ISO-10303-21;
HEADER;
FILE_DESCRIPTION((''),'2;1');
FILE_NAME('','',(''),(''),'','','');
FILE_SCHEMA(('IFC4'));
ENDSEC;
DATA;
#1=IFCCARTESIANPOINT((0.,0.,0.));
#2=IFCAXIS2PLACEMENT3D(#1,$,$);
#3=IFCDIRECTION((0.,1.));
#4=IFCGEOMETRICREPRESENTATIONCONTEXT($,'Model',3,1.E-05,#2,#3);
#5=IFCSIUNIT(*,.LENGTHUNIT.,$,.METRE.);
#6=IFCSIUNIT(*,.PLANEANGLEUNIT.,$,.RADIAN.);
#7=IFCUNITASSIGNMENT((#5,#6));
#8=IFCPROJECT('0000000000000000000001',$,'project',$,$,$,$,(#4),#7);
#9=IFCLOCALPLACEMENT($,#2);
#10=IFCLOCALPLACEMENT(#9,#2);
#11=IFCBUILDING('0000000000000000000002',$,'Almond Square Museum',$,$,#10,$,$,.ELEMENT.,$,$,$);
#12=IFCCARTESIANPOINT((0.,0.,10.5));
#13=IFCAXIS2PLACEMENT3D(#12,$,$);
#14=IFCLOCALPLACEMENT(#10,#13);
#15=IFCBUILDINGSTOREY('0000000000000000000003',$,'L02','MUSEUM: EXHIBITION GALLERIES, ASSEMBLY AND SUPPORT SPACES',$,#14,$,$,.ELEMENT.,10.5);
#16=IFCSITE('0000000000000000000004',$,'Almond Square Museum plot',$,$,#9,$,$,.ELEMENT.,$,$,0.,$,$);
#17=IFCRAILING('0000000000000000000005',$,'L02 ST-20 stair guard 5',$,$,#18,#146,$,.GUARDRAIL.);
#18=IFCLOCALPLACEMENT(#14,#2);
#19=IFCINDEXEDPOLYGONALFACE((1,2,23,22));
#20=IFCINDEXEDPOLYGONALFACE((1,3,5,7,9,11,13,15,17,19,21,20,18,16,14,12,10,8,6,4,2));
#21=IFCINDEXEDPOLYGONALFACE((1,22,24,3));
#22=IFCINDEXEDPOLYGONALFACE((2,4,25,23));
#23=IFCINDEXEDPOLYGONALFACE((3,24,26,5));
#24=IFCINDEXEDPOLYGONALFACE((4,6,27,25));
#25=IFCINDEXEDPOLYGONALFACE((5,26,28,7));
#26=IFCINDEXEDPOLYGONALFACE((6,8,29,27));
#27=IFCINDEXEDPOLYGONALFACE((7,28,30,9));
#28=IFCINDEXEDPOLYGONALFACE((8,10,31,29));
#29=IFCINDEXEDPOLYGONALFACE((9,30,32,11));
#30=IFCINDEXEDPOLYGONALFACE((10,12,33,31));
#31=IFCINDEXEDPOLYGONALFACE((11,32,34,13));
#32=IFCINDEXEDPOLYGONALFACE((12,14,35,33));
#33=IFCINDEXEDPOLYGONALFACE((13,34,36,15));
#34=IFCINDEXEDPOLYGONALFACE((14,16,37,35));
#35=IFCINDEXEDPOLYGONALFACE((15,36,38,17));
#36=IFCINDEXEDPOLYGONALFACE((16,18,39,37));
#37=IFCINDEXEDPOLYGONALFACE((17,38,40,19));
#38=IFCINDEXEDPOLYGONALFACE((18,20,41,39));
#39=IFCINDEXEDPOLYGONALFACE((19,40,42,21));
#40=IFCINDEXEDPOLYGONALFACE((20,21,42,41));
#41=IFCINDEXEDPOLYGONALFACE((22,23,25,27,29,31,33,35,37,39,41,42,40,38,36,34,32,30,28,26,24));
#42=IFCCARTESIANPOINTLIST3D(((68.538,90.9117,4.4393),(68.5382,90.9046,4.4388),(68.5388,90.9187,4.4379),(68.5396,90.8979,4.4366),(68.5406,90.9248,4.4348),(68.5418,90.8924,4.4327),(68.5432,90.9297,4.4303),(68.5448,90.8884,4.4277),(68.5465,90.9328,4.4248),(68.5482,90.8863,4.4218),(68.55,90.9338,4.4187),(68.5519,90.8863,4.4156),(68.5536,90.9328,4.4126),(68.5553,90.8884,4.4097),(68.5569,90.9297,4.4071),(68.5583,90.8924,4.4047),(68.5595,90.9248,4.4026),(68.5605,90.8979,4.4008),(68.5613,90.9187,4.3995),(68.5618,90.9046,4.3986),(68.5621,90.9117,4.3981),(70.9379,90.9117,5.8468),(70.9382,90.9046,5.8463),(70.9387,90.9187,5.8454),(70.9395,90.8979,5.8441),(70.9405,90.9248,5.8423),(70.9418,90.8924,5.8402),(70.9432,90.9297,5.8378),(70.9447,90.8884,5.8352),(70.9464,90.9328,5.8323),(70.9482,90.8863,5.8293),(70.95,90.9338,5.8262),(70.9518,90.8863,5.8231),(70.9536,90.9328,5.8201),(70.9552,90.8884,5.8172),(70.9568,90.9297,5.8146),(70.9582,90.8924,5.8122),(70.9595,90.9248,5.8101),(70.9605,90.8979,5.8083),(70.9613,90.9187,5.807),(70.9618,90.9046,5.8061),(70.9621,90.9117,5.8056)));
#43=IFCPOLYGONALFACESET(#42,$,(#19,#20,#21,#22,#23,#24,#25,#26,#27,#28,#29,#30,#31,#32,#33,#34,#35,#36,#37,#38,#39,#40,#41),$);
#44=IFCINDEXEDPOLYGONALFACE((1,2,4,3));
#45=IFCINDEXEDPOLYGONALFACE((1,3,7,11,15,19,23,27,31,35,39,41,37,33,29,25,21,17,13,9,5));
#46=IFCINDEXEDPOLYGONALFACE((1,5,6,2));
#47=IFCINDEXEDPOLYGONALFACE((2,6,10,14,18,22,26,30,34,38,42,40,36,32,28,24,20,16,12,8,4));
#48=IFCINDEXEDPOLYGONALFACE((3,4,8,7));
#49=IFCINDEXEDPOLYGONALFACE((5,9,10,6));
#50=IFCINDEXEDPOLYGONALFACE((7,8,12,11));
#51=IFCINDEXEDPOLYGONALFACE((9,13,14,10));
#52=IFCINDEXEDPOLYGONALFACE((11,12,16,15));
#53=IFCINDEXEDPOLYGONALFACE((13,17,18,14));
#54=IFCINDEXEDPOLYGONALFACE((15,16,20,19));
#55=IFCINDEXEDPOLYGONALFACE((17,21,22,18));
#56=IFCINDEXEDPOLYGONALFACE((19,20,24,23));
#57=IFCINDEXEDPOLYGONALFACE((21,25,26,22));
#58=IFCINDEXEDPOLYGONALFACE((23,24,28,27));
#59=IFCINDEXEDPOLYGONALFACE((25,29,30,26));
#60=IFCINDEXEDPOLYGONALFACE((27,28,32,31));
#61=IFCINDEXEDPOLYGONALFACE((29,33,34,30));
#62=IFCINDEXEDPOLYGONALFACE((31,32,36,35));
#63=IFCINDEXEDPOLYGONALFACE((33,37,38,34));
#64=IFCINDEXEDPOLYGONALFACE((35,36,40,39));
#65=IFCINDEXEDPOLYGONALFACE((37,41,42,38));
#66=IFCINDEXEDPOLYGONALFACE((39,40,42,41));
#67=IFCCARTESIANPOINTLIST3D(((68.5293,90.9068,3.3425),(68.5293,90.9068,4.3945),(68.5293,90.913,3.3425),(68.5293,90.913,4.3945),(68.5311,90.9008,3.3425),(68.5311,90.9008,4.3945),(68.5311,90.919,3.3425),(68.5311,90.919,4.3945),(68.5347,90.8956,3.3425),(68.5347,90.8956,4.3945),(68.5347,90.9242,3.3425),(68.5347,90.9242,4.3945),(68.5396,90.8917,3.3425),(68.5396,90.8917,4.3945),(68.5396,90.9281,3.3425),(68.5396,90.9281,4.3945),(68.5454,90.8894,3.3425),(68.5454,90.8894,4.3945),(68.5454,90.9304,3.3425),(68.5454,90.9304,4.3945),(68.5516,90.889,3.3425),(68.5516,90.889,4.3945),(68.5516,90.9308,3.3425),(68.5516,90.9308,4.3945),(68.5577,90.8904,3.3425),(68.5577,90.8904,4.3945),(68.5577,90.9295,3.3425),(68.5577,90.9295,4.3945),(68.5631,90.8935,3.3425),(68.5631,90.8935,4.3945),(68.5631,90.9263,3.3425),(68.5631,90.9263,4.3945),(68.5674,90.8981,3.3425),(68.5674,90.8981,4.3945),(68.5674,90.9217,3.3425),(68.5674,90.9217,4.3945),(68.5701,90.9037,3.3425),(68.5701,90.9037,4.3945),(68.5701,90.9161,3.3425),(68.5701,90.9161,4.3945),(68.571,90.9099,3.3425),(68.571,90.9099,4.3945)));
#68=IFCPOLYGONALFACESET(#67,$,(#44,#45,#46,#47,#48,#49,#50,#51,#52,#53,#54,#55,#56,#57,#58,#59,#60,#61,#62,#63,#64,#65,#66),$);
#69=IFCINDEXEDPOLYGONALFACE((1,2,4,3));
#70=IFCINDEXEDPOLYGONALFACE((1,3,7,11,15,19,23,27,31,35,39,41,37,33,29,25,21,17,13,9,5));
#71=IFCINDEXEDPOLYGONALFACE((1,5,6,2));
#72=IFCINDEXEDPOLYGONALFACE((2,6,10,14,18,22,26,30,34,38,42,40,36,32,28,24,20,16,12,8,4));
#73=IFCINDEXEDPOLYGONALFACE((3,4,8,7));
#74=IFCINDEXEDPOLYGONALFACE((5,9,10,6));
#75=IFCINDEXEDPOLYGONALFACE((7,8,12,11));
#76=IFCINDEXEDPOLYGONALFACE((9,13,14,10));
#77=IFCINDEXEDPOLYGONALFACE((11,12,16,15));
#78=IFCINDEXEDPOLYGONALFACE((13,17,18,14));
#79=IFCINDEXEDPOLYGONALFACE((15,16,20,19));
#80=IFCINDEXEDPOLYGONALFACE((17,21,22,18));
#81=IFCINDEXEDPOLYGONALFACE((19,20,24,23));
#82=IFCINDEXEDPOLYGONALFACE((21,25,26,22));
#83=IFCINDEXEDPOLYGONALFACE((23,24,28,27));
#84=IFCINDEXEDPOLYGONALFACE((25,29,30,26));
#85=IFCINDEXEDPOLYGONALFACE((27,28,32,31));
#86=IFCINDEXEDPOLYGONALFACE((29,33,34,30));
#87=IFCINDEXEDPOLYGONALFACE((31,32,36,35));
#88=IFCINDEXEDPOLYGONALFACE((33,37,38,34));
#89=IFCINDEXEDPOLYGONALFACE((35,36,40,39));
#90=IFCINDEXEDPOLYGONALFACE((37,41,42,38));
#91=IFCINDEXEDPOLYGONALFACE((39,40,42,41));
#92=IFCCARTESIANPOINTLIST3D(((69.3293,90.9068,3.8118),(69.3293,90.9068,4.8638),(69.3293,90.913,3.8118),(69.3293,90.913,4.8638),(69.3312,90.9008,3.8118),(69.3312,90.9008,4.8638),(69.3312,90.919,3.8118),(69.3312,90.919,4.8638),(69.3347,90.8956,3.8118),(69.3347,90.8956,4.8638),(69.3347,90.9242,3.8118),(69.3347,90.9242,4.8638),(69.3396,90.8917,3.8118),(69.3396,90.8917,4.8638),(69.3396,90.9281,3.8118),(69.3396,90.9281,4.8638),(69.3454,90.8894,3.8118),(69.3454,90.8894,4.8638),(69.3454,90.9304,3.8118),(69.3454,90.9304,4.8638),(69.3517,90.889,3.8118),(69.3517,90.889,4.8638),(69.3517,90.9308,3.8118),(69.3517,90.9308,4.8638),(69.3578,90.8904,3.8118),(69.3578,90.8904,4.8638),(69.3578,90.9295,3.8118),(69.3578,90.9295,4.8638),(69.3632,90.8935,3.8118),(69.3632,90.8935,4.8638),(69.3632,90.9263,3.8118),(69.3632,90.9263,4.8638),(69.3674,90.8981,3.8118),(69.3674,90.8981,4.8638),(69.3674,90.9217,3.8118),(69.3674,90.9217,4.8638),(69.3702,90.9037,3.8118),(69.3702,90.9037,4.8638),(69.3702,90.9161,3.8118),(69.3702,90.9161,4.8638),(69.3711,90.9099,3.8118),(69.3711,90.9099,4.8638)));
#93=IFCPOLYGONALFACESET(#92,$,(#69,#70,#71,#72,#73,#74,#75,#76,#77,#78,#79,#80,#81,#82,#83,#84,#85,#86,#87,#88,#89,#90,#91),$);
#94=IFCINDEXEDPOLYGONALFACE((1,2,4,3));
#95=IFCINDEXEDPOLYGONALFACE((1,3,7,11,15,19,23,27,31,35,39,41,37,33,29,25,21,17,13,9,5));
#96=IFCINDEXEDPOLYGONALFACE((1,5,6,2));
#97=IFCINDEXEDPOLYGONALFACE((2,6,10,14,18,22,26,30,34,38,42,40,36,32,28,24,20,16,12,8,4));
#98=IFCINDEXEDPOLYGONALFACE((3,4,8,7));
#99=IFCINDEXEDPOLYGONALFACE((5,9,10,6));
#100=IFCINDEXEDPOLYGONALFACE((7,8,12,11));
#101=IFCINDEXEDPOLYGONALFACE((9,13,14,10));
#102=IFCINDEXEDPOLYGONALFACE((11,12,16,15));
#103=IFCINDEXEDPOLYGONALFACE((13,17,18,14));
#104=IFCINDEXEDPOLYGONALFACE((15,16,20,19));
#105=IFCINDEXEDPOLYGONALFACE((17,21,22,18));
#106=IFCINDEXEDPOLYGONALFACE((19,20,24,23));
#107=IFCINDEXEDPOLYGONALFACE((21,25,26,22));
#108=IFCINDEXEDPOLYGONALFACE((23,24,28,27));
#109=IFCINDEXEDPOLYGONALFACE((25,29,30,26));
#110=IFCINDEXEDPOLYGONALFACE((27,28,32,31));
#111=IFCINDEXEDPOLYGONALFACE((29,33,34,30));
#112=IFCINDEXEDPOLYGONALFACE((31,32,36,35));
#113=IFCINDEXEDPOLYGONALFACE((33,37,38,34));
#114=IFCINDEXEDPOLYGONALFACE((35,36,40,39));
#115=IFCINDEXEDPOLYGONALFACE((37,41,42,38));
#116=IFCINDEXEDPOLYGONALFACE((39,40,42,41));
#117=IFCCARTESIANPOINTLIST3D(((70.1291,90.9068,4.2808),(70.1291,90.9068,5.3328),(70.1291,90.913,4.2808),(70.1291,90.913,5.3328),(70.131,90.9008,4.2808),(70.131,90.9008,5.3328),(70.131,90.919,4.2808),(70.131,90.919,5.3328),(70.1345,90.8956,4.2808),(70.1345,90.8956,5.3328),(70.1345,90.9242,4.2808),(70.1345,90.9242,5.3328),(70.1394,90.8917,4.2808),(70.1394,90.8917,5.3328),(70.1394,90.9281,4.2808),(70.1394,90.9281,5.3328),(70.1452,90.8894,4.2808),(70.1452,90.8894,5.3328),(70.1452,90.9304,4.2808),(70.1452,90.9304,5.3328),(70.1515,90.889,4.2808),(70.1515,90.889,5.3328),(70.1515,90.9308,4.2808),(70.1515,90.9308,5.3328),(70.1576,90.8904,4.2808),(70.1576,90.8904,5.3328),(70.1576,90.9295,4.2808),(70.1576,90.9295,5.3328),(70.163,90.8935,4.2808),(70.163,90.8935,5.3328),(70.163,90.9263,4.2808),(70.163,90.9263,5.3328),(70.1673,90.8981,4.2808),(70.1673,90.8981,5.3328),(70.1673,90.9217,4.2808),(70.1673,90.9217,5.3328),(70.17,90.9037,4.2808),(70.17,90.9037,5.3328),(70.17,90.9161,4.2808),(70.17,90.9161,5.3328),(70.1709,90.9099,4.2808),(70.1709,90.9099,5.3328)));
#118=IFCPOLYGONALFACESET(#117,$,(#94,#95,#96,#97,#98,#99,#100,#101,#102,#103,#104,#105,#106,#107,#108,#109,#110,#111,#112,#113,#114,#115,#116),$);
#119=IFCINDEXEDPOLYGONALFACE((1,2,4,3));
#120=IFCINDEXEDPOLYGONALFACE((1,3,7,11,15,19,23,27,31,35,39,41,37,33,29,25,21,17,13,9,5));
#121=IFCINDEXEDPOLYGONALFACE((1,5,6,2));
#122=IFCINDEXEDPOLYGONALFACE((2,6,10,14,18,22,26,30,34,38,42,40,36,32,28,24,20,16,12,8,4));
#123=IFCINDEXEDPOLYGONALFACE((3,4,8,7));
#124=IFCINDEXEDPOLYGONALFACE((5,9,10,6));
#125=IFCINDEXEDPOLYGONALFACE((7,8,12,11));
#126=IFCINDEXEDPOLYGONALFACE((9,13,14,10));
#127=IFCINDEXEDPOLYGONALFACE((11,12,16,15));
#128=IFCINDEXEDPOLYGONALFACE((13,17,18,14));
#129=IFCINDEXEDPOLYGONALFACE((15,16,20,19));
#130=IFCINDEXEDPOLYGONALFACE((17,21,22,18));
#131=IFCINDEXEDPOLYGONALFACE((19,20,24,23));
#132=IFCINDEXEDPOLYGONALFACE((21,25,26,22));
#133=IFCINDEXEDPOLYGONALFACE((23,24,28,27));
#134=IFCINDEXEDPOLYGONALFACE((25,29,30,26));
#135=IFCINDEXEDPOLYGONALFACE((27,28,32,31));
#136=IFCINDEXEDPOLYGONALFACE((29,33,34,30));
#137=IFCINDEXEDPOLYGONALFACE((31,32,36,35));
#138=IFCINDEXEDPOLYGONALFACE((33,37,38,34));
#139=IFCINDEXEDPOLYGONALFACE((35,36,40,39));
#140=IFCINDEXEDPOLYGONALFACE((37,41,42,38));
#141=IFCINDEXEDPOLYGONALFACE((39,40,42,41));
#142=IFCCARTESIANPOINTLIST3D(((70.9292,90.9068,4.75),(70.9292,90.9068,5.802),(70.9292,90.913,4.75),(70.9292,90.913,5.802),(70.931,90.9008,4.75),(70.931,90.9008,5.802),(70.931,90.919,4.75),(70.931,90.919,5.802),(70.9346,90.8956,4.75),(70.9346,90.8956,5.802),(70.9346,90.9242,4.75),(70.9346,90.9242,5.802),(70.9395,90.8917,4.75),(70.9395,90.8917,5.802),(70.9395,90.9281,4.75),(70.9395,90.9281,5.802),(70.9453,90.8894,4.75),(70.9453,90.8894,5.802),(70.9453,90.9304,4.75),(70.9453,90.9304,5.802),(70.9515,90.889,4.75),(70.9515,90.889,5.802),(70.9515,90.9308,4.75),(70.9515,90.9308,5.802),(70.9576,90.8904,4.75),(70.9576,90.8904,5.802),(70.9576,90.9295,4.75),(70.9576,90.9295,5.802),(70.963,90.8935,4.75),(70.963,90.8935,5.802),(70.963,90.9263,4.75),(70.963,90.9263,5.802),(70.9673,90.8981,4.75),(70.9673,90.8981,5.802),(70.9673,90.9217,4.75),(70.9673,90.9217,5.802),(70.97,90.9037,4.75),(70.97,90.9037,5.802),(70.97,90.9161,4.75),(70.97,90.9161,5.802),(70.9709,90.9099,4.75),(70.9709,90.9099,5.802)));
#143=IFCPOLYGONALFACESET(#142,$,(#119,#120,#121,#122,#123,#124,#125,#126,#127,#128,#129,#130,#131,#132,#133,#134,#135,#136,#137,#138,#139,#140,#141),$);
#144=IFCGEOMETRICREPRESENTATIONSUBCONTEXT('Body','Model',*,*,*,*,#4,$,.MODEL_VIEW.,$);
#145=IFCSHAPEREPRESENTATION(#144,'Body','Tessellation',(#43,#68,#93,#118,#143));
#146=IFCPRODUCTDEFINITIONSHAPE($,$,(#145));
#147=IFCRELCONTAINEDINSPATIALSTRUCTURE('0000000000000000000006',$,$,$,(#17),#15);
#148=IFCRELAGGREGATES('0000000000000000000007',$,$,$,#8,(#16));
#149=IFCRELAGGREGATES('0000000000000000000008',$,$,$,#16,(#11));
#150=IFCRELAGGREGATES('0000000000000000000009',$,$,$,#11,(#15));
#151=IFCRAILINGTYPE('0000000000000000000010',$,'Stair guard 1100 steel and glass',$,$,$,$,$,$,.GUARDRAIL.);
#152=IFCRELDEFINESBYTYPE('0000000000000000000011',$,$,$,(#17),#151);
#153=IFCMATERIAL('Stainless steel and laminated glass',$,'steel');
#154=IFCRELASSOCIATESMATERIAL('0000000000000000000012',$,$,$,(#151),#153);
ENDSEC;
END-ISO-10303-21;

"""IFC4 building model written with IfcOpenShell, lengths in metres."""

from ifc_helpers import new_model, si_unit, direction, frame, origin, origin_2d, place, context, subcontext, project, spatial, circle, extrude, material, type_object, element, save


model = new_model("IFC4")

# Units and contexts
model_context = context("Model", 3, precision=1e-05, world=origin(), true_north=direction((0.0, 1.0)))
body_context = subcontext(model_context, "Body", "Model", "MODEL_VIEW")
ifc_project = project(units=[si_unit("LENGTHUNIT", "METRE"), si_unit("PLANEANGLEUNIT", "RADIAN")], contexts=[model_context])

# Site, building, storey
site_placement = place(None, origin())
site = spatial("IfcSite", under=ifc_project, at=site_placement, Name="Almond Square Museum plot", CompositionType="ELEMENT", RefElevation=0.0)
building_placement = place(site_placement, origin())
building = spatial("IfcBuilding", under=site, at=building_placement, Name="Almond Square Museum", CompositionType="ELEMENT")
storey_placement = place(building_placement, frame((0.0, 0.0, 10.5)))
storey = spatial("IfcBuildingStorey", under=building, at=storey_placement, Name="L02", Description="MUSEUM: EXHIBITION GALLERIES, ASSEMBLY AND SUPPORT SPACES", CompositionType="ELEMENT", Elevation=10.5)

# Railing
ifc_material_1 = material(Name="Stainless steel and laminated glass", Category="steel")
railing_type_1 = type_object("IfcRailingType", Name="Stair guard 1100 steel and glass", PredefinedType="GUARDRAIL", material=ifc_material_1)
railing_1_placement = place(storey_placement, frame((68.55, 90.9099, 3.3425)))
element("IfcRailing", 1, at=railing_1_placement, inside=storey, type_object=railing_type_1, Name="L02 ST-20 stair guard 5", PredefinedType="GUARDRAIL", context=body_context, shape_type="SweptSolid", body=[
    extrude(circle(Radius=0.0239, at=origin_2d()), frame((0.0, 0.0, 1.0762), z_axis=(0.862599, 0.0, 0.505888), x_axis=(0.0, 1.0, 0.0)), (0.0, 0.0, 1.0), 2.7822),
    extrude(circle(Radius=0.021, at=origin_2d()), origin(), (0.0, 0.0, 1.0), 1.052),
    extrude(circle(Radius=0.021, at=origin_2d()), frame((0.8, 0.0, 0.4692)), (0.0, 0.0, 1.0), 1.052),
    extrude(circle(Radius=0.021, at=origin_2d()), frame((1.5999, 0.0, 0.9382)), (0.0, 0.0, 1.0), 1.052),
    extrude(circle(Radius=0.021, at=origin_2d()), frame((2.3999, 0.0, 1.4075)), (0.0, 0.0, 1.0), 1.052),
])

save(model, "model.ifc")
